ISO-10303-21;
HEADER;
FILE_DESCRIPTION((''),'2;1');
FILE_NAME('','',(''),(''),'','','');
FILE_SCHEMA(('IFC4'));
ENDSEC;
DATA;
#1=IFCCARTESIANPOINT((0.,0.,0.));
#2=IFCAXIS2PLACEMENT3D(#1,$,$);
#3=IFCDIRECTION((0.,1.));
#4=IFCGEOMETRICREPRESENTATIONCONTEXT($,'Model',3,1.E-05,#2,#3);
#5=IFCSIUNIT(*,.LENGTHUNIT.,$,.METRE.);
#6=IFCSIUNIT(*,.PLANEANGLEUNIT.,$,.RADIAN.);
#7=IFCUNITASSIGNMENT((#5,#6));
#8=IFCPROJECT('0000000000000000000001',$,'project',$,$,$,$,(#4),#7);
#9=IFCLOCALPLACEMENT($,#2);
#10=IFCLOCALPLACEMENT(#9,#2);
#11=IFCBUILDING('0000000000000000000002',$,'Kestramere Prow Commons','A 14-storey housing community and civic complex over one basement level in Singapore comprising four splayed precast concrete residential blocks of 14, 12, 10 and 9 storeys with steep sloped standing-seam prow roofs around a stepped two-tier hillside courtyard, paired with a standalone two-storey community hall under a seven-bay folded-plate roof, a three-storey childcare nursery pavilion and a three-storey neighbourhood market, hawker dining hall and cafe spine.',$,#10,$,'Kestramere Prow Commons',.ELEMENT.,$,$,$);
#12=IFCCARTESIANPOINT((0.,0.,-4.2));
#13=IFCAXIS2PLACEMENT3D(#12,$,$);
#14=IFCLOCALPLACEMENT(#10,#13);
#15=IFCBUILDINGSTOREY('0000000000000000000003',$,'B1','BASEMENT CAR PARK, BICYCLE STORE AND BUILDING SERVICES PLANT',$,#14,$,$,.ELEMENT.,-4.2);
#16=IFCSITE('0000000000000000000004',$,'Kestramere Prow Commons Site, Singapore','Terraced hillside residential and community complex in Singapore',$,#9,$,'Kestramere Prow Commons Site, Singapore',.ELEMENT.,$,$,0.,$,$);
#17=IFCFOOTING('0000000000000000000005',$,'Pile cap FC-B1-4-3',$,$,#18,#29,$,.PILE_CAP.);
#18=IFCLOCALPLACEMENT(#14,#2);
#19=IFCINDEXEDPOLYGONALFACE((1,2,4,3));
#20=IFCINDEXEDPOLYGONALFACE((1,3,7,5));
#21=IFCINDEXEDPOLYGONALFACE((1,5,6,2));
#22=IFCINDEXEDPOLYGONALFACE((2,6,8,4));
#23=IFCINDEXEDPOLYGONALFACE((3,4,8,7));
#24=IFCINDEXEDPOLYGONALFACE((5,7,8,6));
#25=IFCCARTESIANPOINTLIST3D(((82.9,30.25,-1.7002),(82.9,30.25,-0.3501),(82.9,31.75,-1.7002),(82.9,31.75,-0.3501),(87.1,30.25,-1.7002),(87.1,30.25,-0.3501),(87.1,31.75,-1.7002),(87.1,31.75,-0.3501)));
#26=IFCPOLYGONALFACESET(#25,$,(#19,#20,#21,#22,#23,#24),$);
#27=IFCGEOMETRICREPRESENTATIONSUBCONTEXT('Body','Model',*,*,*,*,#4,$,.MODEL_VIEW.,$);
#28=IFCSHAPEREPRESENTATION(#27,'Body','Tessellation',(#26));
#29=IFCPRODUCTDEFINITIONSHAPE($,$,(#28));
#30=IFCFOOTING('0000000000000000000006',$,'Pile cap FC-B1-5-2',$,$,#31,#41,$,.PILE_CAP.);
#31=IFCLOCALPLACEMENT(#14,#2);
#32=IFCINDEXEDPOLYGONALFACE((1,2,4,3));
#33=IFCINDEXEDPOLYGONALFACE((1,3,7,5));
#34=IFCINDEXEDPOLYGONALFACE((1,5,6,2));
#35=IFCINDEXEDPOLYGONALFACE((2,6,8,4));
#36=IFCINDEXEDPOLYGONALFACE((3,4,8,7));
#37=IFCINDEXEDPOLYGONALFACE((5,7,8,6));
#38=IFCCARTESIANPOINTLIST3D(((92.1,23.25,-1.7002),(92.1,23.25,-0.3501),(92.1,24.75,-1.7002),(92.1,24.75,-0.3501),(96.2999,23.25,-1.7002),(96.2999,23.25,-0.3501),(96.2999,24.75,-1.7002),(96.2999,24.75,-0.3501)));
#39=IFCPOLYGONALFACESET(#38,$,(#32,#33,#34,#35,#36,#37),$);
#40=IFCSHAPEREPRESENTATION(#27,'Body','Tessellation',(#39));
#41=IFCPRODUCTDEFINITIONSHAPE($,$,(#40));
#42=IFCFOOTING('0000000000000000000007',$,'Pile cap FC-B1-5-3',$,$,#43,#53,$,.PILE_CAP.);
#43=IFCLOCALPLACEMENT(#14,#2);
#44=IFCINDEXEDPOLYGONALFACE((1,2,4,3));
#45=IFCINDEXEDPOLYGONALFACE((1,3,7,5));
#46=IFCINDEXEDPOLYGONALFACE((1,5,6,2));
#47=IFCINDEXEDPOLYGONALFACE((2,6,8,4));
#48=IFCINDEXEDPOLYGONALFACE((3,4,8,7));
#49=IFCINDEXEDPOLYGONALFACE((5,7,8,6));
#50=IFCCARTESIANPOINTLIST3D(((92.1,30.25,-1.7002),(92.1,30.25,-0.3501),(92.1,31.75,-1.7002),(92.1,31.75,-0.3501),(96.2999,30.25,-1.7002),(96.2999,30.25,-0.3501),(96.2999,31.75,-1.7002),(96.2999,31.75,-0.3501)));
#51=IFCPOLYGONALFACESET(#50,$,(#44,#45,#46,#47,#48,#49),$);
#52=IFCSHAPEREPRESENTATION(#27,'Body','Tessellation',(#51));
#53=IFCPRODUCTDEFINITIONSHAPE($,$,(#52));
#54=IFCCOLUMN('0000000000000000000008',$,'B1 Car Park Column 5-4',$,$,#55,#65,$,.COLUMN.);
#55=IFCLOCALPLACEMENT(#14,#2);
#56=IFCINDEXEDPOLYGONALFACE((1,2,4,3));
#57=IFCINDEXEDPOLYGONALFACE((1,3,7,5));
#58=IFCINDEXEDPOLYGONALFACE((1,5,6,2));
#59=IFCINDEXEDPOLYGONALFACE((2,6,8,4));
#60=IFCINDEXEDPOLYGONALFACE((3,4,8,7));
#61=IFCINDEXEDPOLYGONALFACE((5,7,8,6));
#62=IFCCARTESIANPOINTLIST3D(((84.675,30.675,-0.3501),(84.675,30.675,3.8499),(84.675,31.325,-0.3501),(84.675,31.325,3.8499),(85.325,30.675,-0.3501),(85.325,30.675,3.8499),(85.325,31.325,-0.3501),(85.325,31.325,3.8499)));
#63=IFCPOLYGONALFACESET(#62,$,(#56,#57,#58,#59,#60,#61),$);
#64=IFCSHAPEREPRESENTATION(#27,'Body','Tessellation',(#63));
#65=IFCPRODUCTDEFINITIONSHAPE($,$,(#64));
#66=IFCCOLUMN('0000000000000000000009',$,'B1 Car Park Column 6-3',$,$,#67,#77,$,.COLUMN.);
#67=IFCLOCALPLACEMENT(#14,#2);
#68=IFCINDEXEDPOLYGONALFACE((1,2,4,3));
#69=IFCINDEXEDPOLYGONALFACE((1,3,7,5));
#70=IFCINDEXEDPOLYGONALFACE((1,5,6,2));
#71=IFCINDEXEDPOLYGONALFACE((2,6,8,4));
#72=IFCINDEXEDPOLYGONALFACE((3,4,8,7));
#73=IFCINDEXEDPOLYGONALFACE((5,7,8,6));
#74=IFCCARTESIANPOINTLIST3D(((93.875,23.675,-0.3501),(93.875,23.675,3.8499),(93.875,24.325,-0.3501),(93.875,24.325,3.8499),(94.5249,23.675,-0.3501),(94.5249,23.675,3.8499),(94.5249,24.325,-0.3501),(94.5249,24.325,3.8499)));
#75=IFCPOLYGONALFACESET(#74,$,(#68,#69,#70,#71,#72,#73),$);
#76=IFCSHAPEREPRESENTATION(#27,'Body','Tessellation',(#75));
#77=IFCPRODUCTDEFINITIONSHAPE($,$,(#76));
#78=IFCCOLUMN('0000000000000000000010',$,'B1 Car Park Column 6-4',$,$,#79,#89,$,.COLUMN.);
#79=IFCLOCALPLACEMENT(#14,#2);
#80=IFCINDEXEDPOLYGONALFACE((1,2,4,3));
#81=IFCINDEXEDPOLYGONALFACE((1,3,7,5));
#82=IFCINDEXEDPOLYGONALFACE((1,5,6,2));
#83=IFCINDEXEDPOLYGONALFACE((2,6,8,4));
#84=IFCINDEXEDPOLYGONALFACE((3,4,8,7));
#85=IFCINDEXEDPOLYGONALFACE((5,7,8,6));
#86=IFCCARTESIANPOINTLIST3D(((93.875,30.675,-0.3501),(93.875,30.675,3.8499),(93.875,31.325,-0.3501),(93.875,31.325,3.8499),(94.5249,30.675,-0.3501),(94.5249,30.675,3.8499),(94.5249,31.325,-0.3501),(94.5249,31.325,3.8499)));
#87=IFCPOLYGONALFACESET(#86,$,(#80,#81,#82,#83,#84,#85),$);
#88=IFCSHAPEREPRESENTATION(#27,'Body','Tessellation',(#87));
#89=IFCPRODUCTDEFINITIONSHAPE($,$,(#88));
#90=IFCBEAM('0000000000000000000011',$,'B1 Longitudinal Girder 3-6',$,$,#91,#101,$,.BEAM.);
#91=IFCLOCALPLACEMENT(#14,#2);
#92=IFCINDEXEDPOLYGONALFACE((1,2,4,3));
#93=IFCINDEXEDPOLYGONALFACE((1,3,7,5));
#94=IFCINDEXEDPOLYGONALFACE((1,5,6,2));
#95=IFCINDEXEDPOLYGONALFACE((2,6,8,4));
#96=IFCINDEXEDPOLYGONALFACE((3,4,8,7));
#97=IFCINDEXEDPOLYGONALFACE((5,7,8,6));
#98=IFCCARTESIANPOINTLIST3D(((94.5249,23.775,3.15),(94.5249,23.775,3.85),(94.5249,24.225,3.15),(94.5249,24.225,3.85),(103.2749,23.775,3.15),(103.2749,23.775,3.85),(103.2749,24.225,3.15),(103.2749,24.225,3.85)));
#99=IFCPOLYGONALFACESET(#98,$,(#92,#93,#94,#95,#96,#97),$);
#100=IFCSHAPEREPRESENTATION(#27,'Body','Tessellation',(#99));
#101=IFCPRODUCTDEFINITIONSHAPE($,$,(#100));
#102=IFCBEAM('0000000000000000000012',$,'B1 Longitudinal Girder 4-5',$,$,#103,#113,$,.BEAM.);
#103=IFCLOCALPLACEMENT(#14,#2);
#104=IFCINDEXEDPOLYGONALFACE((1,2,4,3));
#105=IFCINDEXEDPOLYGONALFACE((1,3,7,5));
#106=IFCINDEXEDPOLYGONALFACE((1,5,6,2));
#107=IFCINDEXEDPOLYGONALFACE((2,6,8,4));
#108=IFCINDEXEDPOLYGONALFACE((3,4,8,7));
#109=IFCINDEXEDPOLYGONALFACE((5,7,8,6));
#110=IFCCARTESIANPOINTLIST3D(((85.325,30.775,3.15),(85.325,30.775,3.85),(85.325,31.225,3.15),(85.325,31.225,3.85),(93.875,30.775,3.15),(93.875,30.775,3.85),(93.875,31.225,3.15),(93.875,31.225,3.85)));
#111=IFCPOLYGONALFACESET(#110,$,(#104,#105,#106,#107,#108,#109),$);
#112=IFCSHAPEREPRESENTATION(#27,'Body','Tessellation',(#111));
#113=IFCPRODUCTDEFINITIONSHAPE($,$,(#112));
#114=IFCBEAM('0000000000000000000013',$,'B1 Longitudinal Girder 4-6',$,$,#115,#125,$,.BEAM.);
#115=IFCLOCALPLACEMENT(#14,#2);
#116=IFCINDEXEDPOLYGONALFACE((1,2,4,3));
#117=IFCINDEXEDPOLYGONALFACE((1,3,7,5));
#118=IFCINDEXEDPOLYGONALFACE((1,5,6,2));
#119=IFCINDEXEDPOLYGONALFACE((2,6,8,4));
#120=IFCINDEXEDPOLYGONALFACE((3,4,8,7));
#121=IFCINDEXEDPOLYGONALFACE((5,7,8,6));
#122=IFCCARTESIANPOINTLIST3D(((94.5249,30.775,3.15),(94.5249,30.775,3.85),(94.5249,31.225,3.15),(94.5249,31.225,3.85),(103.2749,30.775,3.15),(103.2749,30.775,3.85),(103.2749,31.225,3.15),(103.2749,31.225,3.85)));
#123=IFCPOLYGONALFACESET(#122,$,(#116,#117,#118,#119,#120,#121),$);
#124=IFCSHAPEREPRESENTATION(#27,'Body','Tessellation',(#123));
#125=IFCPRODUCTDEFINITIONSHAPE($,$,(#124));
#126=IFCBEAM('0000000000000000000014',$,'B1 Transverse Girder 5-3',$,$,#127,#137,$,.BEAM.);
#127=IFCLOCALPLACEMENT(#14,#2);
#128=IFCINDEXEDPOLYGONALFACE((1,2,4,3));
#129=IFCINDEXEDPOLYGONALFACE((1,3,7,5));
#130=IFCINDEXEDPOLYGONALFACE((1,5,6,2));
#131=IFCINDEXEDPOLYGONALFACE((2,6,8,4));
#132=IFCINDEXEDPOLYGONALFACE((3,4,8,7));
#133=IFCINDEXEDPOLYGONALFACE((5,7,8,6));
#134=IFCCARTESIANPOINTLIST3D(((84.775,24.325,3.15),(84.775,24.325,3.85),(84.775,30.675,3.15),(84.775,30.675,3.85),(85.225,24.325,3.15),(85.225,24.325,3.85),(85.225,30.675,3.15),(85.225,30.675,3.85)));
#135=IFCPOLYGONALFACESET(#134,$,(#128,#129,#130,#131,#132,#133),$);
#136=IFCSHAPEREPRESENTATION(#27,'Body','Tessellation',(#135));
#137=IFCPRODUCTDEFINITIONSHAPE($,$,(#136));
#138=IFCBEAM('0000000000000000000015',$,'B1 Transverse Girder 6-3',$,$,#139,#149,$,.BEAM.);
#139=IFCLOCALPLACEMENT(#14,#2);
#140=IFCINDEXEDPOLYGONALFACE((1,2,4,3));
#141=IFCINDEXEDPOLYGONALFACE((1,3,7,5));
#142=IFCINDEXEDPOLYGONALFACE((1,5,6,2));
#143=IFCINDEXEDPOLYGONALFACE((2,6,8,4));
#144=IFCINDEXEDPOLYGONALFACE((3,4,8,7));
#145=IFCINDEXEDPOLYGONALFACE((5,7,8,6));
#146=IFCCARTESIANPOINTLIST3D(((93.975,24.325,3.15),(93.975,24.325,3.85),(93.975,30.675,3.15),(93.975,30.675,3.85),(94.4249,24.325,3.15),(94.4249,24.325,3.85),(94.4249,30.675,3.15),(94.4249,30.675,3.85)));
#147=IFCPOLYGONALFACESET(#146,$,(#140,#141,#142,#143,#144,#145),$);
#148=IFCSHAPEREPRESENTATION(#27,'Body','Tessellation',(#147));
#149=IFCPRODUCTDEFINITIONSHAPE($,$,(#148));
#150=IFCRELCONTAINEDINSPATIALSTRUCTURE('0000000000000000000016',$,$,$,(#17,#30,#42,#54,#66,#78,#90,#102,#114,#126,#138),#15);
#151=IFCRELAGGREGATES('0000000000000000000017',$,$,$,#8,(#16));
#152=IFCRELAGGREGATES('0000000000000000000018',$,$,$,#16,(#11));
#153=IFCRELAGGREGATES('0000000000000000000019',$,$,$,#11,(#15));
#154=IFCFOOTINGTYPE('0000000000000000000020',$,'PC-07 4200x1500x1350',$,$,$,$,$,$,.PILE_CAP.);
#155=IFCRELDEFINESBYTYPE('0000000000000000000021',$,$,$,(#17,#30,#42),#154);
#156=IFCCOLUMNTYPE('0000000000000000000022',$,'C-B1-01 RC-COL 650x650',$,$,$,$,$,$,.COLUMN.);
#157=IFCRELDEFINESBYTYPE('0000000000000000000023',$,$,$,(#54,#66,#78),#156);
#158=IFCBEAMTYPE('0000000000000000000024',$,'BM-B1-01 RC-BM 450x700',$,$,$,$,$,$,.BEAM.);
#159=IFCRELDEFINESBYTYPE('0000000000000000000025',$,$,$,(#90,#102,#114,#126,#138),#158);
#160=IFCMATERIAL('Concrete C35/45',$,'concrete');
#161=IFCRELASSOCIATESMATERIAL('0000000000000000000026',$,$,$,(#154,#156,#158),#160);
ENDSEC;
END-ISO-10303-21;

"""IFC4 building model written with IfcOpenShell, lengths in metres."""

from ifc_helpers import new_model, si_unit, direction, frame, origin, origin_2d, place, context, subcontext, project, spatial, rectangle, extrude, material, material_profile, profile_set, type_object, element, save


model = new_model("IFC4")

# Units and contexts
model_context = context("Model", 3, precision=1e-05, world=origin(), true_north=direction((0.0, 1.0)))
body_context = subcontext(model_context, "Body", "Model", "MODEL_VIEW")
ifc_project = project(units=[si_unit("LENGTHUNIT", "METRE"), si_unit("PLANEANGLEUNIT", "RADIAN")], contexts=[model_context])

# Site, building, storey
site_placement = place(None, origin())
site = spatial("IfcSite", under=ifc_project, at=site_placement, Name="Kestramere Prow Commons Site, Singapore", Description="Terraced hillside residential and community complex in Singapore", LongName="Kestramere Prow Commons Site, Singapore", CompositionType="ELEMENT", RefElevation=0.0)
building_placement = place(site_placement, origin())
building = spatial("IfcBuilding", under=site, at=building_placement, Name="Kestramere Prow Commons", Description="A 14-storey housing community and civic complex over one basement level in Singapore comprising four splayed precast concrete residential blocks of 14, 12, 10 and 9 storeys with steep sloped standing-seam prow roofs around a stepped two-tier hillside courtyard, paired with a standalone two-storey community hall under a seven-bay folded-plate roof, a three-storey childcare nursery pavilion and a three-storey neighbourhood market, hawker dining hall and cafe spine.", LongName="Kestramere Prow Commons", CompositionType="ELEMENT")
storey_placement = place(building_placement, frame((0.0, 0.0, -4.2)))
storey = spatial("IfcBuildingStorey", under=building, at=storey_placement, Name="B1", Description="BASEMENT CAR PARK, BICYCLE STORE AND BUILDING SERVICES PLANT", CompositionType="ELEMENT", Elevation=-4.2)

# Shared definitions
ifc_material = material(Name="Concrete C35/45", Category="concrete")

# Footings
footing_type_1 = type_object("IfcFootingType", Name="PC-07 4200x1500x1350", PredefinedType="PILE_CAP", material=ifc_material)
for number, where, z_axis, x_axis, name in (
    (1, (85.0, 31.0, -1.7002), (0.0, 0.0, 1.0), (1.0, 0.0, 0.0), "Pile cap FC-B1-4-3"),
    (2, (94.2, 24.0, -1.7002), (0.0, 0.0, 1.0), (1.0, 0.0, 0.0), "Pile cap FC-B1-5-2"),
    (3, (94.2, 31.0, -1.7002), (0.0, 0.0, 1.0), (1.0, 0.0, 0.0), "Pile cap FC-B1-5-3"),
):
    element("IfcFooting", number, at=place(storey_placement, frame(where, z_axis=z_axis, x_axis=x_axis)), inside=storey, type_object=footing_type_1, Name=name, PredefinedType="PILE_CAP", context=body_context, shape_type="SweptSolid", body=[
        extrude(rectangle(XDim=4.2, YDim=1.5, at=origin_2d()), origin(), (0.0, 0.0, 1.0), 1.3501),
    ])

# Columns
ifc_material_profile_1 = material_profile(ifc_material, rectangle(XDim=0.6499, YDim=0.6499, at=origin_2d()), Name="RC-COL 650x650")
ifc_profile_set_1 = profile_set([ifc_material_profile_1], Name="Concrete C35/45")
column_type = type_object("IfcColumnType", Name="C-B1-01 RC-COL 650x650", PredefinedType="COLUMN", material=ifc_profile_set_1)
for number, where, z_axis, x_axis, name in (
    (4, (85.0, 31.0, -0.3501), (0.0, 0.0, 1.0), (1.0, 0.0, 0.0), "B1 Car Park Column 5-4"),
    (5, (94.2, 24.0, -0.3501), (0.0, 0.0, 1.0), (1.0, 0.0, 0.0), "B1 Car Park Column 6-3"),
    (6, (94.2, 31.0, -0.3501), (0.0, 0.0, 1.0), (1.0, 0.0, 0.0), "B1 Car Park Column 6-4"),
):
    element("IfcColumn", number, at=place(storey_placement, frame(where, z_axis=z_axis, x_axis=x_axis)), inside=storey, type_object=column_type, Name=name, PredefinedType="COLUMN", context=body_context, shape_type="SweptSolid", body=[
        extrude(rectangle(XDim=0.6499, YDim=0.6499, at=origin_2d()), origin(), (0.0, 0.0, 1.0), 4.2),
    ])

# Beams
ifc_material_profile_2 = material_profile(ifc_material, rectangle(XDim=0.45, YDim=0.7, at=origin_2d()), Name="RC-BM 450x700")
ifc_profile_set_2 = profile_set([ifc_material_profile_2], Name="Concrete C35/45")
beam_type = type_object("IfcBeamType", Name="BM-B1-01 RC-BM 450x700", PredefinedType="BEAM", material=ifc_profile_set_2)
beam_1_placement = place(storey_placement, frame((94.5249, 24.0, 3.5), z_axis=(1.0, 0.0, 0.0), x_axis=(0.0, 1.0, 0.0)))
element("IfcBeam", 7, at=beam_1_placement, inside=storey, type_object=beam_type, Name="B1 Longitudinal Girder 3-6", PredefinedType="BEAM", context=body_context, shape_type="SweptSolid", body=[
    extrude(rectangle(XDim=0.45, YDim=0.7, at=origin_2d()), origin(), (0.0, 0.0, 1.0), 8.75),
])
beam_2_placement = place(storey_placement, frame((85.325, 31.0, 3.5), z_axis=(1.0, 0.0, 0.0), x_axis=(0.0, 1.0, 0.0)))
element("IfcBeam", 8, at=beam_2_placement, inside=storey, type_object=beam_type, Name="B1 Longitudinal Girder 4-5", PredefinedType="BEAM", context=body_context, shape_type="SweptSolid", body=[
    extrude(rectangle(XDim=0.45, YDim=0.7, at=origin_2d()), origin(), (0.0, 0.0, 1.0), 8.55),
])
beam_3_placement = place(storey_placement, frame((94.5249, 31.0, 3.5), z_axis=(1.0, 0.0, 0.0), x_axis=(0.0, 1.0, 0.0)))
element("IfcBeam", 9, at=beam_3_placement, inside=storey, type_object=beam_type, Name="B1 Longitudinal Girder 4-6", PredefinedType="BEAM", context=body_context, shape_type="SweptSolid", body=[
    extrude(rectangle(XDim=0.45, YDim=0.7, at=origin_2d()), origin(), (0.0, 0.0, 1.0), 8.75),
])
for number, where, z_axis, x_axis, name in (
    (10, (85.0, 24.325, 3.5), (0.0, 1.0, 0.0), (-1.0, 0.0, 0.0), "B1 Transverse Girder 5-3"),
    (11, (94.2, 24.325, 3.5), (0.0, 1.0, 0.0), (-1.0, 0.0, 0.0), "B1 Transverse Girder 6-3"),
):
    element("IfcBeam", number, at=place(storey_placement, frame(where, z_axis=z_axis, x_axis=x_axis)), inside=storey, type_object=beam_type, Name=name, PredefinedType="BEAM", context=body_context, shape_type="SweptSolid", body=[
        extrude(rectangle(XDim=0.45, YDim=0.7, at=origin_2d()), origin(), (0.0, 0.0, 1.0), 6.3501),
    ])

save(model, "model.ifc")
